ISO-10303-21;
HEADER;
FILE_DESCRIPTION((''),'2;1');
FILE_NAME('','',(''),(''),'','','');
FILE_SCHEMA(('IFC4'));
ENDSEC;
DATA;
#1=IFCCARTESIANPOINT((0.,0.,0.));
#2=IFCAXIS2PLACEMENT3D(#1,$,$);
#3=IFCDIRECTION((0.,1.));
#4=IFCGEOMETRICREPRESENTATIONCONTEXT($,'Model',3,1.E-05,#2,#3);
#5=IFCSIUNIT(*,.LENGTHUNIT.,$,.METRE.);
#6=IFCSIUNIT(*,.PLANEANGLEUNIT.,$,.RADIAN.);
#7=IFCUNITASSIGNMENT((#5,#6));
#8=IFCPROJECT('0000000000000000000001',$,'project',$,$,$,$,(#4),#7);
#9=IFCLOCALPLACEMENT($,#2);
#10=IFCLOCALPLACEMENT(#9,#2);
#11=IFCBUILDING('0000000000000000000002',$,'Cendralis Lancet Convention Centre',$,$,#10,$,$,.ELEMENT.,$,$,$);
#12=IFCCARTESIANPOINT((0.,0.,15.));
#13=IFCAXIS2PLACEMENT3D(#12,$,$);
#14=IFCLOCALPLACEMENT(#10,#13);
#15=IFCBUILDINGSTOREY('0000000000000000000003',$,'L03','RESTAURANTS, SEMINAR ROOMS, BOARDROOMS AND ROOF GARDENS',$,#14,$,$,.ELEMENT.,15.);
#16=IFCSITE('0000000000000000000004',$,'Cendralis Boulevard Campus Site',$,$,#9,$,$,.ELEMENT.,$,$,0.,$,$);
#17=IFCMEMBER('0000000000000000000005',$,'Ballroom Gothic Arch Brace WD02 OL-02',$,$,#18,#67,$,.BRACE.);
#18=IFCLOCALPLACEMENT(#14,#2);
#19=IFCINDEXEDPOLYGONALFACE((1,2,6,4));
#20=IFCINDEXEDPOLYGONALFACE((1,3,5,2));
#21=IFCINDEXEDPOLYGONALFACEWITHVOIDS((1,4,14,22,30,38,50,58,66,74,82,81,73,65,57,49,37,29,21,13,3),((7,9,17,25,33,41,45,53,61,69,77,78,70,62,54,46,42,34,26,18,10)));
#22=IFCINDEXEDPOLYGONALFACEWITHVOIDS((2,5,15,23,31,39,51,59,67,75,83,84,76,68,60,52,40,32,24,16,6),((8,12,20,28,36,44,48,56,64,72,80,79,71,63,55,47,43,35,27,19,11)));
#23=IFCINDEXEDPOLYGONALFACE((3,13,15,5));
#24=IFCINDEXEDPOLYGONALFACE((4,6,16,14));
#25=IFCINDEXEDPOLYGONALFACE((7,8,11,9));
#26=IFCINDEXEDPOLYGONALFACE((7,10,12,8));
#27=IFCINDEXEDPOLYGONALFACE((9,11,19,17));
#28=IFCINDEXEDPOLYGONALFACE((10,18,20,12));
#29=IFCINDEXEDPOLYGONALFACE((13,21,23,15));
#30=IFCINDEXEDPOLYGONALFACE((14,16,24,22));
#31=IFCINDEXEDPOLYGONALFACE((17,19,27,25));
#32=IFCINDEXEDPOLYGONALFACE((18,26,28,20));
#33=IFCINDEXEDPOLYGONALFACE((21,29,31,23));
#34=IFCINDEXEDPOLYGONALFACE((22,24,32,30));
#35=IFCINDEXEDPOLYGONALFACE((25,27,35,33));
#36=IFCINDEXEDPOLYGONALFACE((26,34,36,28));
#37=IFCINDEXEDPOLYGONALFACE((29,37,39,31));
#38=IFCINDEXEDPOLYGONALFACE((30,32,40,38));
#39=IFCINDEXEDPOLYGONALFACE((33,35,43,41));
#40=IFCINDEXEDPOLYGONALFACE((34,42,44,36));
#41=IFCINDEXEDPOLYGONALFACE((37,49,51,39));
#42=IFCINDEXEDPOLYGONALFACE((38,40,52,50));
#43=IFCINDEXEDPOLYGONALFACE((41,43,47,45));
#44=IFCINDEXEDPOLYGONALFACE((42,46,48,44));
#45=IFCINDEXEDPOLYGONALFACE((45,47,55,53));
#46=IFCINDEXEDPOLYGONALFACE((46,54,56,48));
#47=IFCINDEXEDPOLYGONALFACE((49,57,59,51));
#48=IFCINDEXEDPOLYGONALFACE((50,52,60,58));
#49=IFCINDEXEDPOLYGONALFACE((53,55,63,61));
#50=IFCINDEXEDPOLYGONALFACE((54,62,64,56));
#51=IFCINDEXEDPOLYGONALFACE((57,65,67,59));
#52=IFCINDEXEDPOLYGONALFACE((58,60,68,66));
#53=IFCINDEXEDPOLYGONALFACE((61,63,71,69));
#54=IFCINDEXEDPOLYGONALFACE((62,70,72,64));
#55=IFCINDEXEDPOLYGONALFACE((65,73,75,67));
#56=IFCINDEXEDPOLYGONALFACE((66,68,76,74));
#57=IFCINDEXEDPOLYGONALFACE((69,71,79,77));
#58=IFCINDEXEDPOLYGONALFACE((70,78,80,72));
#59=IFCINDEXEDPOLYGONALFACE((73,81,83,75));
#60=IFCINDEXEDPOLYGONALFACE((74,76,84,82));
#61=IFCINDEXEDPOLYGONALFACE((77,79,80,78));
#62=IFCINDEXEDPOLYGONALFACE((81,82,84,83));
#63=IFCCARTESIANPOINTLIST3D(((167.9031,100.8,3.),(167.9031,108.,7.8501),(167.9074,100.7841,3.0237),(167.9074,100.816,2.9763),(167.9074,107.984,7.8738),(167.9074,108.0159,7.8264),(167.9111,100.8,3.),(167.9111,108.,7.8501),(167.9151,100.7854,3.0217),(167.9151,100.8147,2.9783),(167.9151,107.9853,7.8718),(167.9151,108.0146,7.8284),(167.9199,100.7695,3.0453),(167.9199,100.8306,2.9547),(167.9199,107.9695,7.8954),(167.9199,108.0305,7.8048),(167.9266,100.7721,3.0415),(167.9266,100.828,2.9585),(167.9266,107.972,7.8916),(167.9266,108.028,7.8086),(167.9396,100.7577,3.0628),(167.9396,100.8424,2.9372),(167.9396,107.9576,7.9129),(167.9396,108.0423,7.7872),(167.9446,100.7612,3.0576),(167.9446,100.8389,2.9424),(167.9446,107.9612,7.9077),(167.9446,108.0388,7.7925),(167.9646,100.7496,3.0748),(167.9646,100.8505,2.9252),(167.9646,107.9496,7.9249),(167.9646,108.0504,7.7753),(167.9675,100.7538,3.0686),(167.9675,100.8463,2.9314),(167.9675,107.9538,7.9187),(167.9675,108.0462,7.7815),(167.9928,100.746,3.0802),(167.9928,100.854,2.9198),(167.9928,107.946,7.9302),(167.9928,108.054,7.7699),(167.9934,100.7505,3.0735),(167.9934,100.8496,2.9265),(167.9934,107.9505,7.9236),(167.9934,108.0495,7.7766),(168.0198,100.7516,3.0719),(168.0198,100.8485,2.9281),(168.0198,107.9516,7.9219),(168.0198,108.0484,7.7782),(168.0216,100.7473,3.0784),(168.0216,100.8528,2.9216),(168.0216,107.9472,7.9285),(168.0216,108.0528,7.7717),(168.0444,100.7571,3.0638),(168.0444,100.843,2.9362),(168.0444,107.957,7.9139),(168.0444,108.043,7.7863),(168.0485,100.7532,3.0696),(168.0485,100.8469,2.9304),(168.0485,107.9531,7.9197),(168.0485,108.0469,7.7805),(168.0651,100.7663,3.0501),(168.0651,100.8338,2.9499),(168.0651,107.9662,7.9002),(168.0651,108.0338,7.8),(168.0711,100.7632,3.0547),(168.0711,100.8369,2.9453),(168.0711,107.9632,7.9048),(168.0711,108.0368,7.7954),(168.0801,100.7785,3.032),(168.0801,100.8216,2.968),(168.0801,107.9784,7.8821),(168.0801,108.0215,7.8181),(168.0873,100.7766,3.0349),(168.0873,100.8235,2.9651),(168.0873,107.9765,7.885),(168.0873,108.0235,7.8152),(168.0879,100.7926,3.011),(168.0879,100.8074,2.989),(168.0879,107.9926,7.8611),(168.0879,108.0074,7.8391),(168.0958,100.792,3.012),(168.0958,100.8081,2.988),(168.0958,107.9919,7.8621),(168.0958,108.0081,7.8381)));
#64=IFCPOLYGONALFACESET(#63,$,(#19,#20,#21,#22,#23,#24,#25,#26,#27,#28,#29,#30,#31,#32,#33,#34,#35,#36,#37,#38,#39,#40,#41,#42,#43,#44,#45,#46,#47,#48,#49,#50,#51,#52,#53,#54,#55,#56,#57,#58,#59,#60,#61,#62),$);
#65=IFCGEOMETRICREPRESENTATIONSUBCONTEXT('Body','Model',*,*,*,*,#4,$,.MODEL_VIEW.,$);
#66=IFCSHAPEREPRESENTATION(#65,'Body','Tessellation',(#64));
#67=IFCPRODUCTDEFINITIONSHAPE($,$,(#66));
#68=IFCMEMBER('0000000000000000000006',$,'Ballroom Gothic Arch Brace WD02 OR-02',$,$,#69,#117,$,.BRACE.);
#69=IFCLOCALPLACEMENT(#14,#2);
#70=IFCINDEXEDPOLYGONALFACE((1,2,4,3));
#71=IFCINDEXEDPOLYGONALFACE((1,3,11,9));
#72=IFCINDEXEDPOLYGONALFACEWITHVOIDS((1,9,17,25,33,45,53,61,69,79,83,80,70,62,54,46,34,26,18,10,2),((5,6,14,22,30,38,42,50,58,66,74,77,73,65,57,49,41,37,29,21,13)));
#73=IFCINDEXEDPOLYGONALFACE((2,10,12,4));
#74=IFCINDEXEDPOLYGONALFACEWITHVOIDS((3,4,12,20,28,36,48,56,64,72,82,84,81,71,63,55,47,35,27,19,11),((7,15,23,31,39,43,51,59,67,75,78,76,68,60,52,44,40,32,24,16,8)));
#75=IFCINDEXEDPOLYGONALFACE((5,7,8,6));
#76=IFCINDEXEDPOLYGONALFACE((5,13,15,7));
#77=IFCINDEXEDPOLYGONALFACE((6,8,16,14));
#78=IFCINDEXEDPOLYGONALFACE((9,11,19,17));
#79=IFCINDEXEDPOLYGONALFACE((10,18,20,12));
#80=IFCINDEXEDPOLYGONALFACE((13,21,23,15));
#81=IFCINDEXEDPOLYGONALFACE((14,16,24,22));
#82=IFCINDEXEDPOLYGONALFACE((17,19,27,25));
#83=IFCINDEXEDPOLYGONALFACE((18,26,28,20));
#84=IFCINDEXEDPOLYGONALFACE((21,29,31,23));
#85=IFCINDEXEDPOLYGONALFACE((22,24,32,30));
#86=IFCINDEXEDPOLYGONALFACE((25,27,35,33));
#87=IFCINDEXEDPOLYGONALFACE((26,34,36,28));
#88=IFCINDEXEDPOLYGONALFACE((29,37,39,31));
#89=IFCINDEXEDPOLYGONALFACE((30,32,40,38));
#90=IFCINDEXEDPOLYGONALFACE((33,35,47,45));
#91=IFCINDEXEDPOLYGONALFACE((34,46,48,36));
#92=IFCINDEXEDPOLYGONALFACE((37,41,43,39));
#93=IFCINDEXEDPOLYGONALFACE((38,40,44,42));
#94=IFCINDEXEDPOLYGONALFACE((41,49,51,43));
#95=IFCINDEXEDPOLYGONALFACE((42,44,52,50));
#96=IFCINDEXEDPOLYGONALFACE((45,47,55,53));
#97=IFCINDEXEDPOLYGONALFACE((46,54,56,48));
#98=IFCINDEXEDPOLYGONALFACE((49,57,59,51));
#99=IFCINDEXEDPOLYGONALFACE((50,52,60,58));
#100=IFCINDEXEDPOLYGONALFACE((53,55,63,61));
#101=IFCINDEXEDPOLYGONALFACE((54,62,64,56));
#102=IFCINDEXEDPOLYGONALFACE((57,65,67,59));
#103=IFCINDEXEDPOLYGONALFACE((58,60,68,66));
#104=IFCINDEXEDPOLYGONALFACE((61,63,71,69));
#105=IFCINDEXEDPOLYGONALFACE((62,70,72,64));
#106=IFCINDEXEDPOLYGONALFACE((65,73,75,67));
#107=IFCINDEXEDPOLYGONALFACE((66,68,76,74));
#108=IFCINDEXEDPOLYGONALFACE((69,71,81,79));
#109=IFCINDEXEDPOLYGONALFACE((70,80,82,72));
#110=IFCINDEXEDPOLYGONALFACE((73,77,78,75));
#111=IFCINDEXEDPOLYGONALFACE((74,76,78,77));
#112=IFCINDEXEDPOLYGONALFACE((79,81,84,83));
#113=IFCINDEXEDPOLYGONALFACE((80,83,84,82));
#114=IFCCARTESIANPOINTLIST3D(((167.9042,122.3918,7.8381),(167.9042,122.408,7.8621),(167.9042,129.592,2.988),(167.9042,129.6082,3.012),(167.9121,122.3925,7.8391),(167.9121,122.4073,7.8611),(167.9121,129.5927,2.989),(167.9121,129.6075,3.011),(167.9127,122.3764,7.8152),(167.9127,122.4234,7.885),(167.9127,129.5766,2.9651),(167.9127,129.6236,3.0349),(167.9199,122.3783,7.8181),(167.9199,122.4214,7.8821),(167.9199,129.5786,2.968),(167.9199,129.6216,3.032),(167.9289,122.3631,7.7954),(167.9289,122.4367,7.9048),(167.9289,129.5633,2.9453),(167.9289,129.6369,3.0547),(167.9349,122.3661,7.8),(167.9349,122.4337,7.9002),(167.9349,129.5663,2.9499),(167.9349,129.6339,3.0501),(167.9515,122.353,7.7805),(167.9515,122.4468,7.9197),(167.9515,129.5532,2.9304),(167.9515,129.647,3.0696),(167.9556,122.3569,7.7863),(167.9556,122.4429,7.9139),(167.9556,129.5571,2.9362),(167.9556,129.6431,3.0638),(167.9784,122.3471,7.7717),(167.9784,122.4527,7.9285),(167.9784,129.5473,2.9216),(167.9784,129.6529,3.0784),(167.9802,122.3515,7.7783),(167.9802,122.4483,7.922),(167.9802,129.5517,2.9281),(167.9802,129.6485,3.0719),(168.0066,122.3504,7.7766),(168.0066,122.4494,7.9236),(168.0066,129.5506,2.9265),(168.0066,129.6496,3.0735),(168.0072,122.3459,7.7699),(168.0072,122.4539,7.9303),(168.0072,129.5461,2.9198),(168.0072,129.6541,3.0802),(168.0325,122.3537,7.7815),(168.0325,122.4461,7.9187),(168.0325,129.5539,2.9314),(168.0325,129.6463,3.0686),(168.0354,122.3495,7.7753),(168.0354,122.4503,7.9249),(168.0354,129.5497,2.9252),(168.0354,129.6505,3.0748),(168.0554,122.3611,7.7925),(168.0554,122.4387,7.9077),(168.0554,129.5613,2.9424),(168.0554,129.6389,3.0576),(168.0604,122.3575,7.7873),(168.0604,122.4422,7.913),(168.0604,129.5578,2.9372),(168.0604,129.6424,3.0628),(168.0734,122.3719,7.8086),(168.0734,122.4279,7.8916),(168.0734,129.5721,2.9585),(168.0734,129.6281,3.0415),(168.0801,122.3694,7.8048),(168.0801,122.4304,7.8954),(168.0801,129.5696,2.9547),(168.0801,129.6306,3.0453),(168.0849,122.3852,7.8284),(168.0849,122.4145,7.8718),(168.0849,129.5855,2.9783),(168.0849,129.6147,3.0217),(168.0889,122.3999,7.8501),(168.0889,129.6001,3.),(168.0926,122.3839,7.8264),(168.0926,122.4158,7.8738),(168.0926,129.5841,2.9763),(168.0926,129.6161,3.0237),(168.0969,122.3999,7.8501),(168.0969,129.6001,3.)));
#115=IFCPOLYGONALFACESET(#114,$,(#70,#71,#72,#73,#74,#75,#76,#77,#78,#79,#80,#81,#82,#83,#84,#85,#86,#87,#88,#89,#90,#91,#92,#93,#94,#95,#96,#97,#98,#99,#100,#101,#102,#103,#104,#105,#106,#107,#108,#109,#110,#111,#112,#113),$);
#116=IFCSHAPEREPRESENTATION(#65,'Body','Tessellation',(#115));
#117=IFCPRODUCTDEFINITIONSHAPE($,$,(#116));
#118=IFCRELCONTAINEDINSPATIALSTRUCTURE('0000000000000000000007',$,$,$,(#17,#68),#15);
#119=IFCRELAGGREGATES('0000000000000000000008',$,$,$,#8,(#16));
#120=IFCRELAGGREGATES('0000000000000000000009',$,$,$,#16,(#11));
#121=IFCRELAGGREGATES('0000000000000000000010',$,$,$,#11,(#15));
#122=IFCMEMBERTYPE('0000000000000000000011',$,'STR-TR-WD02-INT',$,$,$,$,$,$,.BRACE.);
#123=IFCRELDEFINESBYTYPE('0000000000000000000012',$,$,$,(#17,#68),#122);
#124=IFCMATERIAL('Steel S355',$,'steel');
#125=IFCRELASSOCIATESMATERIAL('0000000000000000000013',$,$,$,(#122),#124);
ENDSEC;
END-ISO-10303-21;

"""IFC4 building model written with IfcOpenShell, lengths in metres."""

from ifc_helpers import new_model, si_unit, direction, frame, origin, origin_2d, place, context, subcontext, project, spatial, hollow_circle, extrude, material, material_profile, profile_set, type_object, element, save


model = new_model("IFC4")

# Units and contexts
model_context = context("Model", 3, precision=1e-05, world=origin(), true_north=direction((0.0, 1.0)))
body_context = subcontext(model_context, "Body", "Model", "MODEL_VIEW")
ifc_project = project(units=[si_unit("LENGTHUNIT", "METRE"), si_unit("PLANEANGLEUNIT", "RADIAN")], contexts=[model_context])

# Site, building, storey
site_placement = place(None, origin())
site = spatial("IfcSite", under=ifc_project, at=site_placement, Name="Cendralis Boulevard Campus Site", CompositionType="ELEMENT", RefElevation=0.0)
building_placement = place(site_placement, origin())
building = spatial("IfcBuilding", under=site, at=building_placement, Name="Cendralis Lancet Convention Centre", CompositionType="ELEMENT")
storey_placement = place(building_placement, frame((0.0, 0.0, 15.0)))
storey = spatial("IfcBuildingStorey", under=building, at=storey_placement, Name="L03", Description="RESTAURANTS, SEMINAR ROOMS, BOARDROOMS AND ROOF GARDENS", CompositionType="ELEMENT", Elevation=15.0)

# Shared definitions
ifc_material_1 = material(Name="Steel S355", Category="steel")

# Members
ifc_material_profile_1 = material_profile(ifc_material_1, hollow_circle(Radius=0.0969, WallThickness=0.0081, at=origin_2d()), Name="CHS 193.7x8.0")
ifc_profile_set_1 = profile_set([ifc_material_profile_1], Name="Steel S355")
member_type_1 = type_object("IfcMemberType", Name="STR-TR-WD02-INT", PredefinedType="BRACE", material=ifc_profile_set_1)
member_1_placement = place(storey_placement, frame((168.0, 100.8, 3.0), z_axis=(0.0, 0.829375, 0.558692), x_axis=(-1.0, 0.0, 0.0)))
element("IfcMember", 1, at=member_1_placement, inside=storey, type_object=member_type_1, Name="Ballroom Gothic Arch Brace WD02 OL-02", PredefinedType="BRACE", context=body_context, shape_type="SweptSolid", body=[
    extrude(hollow_circle(Radius=0.0969, WallThickness=0.0081, at=origin_2d()), origin(), (0.0, 0.0, 1.0), 8.6812),
])
member_2_placement = place(storey_placement, frame((168.0, 129.6001, 3.0), z_axis=(0.0, -0.829384, 0.558679), x_axis=(1.0, 0.0, 0.0)))
element("IfcMember", 2, at=member_2_placement, inside=storey, type_object=member_type_1, Name="Ballroom Gothic Arch Brace WD02 OR-02", PredefinedType="BRACE", context=body_context, shape_type="SweptSolid", body=[
    extrude(hollow_circle(Radius=0.0969, WallThickness=0.0081, at=origin_2d()), origin(), (0.0, 0.0, 1.0), 8.6814),
])

save(model, "model.ifc")
